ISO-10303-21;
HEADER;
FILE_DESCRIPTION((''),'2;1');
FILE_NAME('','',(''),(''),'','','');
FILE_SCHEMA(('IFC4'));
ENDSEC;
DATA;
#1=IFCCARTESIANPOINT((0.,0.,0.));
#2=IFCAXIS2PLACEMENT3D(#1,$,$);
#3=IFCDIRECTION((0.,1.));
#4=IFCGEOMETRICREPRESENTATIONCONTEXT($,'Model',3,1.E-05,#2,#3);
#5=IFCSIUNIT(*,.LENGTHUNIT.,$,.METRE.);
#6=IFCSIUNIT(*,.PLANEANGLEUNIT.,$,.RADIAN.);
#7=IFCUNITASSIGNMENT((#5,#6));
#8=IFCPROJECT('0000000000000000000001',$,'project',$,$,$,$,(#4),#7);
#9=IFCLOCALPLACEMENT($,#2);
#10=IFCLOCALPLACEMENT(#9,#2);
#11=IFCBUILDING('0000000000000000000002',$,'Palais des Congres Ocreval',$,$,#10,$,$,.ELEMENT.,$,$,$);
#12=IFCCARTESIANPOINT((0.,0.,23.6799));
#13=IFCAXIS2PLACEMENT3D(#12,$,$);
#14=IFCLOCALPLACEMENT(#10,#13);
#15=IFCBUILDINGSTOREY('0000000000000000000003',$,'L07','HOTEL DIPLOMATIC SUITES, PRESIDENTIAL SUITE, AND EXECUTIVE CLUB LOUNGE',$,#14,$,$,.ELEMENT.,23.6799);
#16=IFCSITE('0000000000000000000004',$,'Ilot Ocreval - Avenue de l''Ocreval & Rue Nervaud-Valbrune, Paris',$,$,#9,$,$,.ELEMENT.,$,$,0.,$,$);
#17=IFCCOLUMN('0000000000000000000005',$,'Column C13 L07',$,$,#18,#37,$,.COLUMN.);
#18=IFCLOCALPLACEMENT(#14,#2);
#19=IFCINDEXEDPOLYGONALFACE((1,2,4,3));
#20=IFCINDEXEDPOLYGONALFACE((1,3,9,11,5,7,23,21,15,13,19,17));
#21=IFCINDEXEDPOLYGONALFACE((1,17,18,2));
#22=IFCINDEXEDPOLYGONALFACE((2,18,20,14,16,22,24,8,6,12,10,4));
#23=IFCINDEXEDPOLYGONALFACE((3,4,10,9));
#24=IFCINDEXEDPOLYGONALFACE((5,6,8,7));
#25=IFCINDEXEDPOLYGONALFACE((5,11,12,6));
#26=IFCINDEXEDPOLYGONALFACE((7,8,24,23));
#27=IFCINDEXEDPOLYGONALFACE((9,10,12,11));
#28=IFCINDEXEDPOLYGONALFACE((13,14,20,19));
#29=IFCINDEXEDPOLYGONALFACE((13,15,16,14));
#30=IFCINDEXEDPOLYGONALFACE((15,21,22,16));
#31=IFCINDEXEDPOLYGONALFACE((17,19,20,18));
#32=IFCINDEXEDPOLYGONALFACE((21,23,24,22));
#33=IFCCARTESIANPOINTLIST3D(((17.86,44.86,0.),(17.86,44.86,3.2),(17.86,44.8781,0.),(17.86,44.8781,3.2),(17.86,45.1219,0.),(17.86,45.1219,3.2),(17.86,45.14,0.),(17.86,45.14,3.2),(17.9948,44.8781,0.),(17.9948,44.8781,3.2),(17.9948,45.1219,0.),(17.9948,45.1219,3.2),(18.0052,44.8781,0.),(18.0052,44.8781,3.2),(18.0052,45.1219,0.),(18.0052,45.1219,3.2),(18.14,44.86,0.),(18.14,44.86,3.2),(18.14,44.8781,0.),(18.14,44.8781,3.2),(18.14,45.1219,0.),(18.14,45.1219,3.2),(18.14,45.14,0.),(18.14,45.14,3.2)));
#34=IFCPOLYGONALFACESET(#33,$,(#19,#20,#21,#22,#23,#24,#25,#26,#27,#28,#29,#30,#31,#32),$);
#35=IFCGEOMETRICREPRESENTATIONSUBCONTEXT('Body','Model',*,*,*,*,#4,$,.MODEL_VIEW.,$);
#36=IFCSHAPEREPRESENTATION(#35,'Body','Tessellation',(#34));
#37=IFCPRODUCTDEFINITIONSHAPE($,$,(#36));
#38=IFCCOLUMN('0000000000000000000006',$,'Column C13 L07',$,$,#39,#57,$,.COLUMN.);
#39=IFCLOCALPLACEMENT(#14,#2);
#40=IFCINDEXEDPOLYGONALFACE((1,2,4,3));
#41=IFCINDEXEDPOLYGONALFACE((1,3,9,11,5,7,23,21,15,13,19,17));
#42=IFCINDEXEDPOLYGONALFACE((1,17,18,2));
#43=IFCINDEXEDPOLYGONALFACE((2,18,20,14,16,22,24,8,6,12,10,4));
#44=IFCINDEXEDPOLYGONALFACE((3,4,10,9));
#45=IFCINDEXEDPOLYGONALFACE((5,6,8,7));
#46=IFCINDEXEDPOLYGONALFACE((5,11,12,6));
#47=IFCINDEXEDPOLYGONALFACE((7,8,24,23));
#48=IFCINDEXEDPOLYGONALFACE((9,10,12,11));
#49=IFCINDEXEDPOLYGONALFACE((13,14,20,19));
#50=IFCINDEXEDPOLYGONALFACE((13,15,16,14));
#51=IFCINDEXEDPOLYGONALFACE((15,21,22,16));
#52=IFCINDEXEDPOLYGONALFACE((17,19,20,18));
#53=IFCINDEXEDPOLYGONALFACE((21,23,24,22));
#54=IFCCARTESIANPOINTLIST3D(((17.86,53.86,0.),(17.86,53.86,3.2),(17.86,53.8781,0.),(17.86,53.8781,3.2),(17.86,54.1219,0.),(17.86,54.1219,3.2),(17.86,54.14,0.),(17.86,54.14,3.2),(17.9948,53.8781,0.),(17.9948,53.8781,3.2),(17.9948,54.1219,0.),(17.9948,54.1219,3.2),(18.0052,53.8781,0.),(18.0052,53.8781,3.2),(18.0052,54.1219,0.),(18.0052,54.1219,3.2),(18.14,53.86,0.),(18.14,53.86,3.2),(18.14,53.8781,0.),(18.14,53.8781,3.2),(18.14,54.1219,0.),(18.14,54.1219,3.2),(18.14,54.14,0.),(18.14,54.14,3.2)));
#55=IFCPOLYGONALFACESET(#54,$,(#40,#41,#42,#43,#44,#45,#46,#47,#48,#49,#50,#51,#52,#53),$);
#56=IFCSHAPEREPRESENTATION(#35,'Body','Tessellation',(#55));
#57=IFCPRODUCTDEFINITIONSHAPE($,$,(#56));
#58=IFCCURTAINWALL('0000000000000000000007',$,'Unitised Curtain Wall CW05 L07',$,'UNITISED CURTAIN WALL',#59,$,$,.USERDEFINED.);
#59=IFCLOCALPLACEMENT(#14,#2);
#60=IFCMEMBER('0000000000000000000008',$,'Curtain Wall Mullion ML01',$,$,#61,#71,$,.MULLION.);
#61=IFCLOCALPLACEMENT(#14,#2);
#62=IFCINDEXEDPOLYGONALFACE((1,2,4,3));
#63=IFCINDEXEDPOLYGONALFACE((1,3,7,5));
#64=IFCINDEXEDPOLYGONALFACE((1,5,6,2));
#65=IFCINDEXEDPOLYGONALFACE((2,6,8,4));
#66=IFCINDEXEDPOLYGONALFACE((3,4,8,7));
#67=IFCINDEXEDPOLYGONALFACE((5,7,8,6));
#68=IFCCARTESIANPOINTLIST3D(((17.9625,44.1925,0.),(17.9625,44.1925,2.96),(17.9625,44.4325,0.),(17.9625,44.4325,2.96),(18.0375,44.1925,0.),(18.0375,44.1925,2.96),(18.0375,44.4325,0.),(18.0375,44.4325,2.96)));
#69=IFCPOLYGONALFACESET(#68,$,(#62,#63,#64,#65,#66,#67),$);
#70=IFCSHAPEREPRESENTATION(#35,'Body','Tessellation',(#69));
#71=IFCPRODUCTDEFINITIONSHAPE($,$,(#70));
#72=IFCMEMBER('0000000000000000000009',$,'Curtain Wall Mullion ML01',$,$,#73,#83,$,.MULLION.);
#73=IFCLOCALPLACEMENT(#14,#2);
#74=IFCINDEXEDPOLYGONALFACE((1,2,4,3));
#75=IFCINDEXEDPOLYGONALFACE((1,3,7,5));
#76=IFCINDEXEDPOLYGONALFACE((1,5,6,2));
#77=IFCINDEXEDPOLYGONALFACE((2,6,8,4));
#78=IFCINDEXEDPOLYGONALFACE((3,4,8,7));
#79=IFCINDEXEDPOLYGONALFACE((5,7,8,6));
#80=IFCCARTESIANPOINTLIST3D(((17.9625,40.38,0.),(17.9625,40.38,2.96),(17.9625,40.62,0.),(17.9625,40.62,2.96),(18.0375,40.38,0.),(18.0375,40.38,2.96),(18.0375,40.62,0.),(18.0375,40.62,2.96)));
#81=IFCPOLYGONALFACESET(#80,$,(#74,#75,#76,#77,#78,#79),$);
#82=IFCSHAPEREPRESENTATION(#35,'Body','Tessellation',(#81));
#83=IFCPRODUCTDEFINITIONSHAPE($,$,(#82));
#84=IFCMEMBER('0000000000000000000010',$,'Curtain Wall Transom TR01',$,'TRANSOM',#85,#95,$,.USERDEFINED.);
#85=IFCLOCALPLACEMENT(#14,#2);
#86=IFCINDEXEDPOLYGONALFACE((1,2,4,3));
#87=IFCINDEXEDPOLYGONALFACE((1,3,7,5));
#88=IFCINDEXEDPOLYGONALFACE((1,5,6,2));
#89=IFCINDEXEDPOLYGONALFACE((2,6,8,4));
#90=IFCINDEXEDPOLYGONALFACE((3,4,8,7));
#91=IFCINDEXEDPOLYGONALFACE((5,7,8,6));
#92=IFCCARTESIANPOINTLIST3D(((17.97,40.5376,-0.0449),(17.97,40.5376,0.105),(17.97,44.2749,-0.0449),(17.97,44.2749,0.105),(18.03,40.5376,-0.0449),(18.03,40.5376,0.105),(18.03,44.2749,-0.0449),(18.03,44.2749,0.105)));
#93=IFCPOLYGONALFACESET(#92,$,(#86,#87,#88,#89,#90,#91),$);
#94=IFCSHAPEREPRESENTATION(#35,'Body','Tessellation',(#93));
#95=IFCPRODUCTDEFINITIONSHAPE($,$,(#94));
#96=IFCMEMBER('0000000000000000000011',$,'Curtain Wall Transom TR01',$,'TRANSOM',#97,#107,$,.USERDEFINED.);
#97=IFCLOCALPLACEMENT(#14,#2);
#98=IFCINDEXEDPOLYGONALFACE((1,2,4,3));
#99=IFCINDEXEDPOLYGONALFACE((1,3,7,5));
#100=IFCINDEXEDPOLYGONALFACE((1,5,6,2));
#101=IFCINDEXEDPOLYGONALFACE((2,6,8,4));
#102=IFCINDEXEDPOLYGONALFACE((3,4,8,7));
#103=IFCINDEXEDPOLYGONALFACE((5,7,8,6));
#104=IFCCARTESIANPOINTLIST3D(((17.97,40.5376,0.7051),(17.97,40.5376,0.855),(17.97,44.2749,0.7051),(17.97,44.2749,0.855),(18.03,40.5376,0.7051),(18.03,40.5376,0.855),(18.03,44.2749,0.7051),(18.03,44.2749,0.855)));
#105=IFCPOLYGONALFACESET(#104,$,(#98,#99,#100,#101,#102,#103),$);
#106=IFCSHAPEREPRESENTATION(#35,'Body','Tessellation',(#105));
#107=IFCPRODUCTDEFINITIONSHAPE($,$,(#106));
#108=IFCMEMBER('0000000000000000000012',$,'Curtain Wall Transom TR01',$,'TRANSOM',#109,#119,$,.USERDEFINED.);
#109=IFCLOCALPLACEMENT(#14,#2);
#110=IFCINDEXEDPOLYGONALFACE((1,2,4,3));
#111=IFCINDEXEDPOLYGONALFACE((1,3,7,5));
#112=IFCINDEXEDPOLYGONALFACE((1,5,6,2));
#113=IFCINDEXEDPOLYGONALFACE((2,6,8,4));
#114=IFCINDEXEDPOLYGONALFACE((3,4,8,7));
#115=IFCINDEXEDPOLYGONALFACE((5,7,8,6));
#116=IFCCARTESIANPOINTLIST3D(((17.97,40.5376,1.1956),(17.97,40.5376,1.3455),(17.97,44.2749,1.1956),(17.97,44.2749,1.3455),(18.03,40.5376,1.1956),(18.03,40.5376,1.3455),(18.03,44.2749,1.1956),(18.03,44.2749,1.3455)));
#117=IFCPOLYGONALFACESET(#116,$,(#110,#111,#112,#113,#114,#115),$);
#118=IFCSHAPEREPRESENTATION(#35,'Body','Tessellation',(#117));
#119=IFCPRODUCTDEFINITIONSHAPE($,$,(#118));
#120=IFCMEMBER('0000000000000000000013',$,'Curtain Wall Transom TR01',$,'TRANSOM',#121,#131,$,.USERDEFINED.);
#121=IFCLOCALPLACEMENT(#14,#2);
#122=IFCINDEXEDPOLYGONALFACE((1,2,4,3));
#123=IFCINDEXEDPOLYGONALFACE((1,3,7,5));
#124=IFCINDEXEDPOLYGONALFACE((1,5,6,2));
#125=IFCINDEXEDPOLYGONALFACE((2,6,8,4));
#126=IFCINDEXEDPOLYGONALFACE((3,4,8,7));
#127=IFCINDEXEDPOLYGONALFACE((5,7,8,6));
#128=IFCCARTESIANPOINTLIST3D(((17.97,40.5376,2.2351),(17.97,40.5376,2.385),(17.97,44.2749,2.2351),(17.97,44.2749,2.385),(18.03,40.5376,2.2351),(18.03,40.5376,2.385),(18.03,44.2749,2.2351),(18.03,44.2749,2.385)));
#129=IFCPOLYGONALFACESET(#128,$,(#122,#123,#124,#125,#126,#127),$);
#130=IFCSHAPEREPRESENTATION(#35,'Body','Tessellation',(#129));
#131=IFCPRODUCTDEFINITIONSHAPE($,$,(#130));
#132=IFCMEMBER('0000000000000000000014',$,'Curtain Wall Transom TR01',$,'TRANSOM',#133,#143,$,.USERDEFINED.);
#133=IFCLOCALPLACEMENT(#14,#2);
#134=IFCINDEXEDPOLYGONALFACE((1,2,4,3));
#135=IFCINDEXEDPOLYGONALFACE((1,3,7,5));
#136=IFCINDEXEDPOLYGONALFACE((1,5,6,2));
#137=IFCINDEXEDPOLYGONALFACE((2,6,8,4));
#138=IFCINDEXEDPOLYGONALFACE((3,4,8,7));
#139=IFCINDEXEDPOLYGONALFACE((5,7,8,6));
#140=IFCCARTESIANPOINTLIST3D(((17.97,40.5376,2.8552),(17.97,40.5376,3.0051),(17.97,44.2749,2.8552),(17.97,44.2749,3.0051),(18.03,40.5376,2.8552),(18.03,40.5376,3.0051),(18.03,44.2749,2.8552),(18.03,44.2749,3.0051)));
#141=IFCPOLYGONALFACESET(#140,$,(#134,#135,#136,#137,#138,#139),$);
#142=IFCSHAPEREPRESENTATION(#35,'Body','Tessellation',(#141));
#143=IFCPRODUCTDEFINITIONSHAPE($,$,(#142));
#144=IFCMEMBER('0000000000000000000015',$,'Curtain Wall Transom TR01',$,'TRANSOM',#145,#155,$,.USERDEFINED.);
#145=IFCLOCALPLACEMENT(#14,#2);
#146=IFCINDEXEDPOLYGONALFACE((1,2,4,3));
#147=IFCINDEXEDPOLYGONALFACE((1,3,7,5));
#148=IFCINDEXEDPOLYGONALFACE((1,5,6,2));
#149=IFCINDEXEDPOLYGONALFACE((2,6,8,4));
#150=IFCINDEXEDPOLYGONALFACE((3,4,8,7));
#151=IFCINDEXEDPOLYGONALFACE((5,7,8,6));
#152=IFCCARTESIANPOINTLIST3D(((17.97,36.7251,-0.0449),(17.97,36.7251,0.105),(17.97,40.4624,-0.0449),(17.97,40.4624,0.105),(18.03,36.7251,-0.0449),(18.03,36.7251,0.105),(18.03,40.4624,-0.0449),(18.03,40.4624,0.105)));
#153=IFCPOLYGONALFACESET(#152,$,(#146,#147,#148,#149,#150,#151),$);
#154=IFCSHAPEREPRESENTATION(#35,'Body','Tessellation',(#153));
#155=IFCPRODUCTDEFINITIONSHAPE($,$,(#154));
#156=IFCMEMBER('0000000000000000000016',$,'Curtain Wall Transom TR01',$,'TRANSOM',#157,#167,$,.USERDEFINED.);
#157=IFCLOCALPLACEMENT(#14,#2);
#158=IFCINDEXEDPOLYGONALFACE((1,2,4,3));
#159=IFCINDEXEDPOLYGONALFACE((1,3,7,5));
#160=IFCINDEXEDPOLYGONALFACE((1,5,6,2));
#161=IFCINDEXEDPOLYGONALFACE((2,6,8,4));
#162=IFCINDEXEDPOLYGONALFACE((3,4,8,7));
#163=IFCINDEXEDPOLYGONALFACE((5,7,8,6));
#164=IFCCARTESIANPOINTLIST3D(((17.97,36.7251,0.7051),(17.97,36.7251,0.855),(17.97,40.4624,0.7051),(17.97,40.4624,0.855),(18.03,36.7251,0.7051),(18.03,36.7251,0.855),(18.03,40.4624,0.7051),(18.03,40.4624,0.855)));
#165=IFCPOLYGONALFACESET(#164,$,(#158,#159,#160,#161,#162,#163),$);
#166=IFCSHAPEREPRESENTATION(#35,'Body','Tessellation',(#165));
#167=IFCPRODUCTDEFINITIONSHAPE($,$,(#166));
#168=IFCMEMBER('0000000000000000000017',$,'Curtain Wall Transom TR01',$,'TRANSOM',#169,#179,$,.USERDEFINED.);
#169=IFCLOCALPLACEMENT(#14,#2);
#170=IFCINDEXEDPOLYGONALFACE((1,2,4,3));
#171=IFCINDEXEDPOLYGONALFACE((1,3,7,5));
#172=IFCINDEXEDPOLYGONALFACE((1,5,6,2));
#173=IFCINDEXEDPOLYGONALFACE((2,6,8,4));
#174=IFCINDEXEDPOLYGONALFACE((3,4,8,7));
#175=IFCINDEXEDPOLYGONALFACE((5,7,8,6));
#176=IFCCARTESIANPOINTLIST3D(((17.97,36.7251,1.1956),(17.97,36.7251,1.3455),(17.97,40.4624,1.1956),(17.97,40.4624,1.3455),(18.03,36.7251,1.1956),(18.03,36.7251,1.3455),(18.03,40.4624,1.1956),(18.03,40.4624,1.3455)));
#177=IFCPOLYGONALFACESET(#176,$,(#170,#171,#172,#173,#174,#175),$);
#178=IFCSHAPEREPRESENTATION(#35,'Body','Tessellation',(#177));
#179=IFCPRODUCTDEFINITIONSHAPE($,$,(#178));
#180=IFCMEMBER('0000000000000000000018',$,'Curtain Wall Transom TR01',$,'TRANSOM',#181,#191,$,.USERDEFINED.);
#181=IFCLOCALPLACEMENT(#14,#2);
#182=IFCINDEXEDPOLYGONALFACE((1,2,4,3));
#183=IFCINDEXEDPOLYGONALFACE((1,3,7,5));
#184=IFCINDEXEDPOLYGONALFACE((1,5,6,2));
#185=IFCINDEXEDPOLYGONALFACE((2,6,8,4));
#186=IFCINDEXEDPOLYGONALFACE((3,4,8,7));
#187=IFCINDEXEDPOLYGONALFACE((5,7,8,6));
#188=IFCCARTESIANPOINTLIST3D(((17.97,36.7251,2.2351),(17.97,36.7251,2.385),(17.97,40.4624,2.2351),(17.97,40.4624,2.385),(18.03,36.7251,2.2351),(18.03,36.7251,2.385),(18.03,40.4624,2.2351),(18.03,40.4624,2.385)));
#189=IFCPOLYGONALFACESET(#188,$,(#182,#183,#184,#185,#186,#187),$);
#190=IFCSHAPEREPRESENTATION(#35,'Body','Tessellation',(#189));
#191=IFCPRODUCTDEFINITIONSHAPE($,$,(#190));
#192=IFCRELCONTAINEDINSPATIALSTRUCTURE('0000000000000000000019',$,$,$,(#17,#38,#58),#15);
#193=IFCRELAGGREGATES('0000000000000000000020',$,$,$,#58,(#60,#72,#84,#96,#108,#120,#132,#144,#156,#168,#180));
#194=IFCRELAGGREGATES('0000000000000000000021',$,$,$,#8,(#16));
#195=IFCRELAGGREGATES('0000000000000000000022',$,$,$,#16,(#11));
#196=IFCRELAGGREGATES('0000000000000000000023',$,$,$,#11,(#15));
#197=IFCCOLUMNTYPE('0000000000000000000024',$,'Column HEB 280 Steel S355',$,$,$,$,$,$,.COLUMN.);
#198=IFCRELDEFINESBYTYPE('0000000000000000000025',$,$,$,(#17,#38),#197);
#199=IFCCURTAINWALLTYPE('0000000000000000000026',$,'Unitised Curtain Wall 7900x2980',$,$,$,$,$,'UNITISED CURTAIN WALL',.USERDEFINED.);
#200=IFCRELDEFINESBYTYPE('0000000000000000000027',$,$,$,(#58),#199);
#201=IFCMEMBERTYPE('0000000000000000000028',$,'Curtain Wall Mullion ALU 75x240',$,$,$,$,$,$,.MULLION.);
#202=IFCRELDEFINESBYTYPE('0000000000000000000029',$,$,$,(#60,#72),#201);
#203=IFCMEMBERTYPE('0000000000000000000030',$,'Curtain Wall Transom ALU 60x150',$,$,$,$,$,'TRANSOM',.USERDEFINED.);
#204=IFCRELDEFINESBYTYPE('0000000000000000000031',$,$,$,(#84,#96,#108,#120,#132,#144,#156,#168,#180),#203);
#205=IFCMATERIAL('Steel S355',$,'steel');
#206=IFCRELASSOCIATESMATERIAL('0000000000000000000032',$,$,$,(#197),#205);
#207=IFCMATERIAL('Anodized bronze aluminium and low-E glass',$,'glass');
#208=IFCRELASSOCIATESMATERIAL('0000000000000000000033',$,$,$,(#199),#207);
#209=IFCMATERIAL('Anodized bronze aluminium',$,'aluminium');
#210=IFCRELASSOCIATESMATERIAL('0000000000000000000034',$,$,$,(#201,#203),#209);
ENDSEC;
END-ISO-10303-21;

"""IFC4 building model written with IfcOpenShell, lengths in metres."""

from ifc_helpers import new_model, si_unit, direction, frame, origin, origin_2d, place, context, subcontext, project, spatial, rectangle, i_section, extrude, material, material_profile, profile_set, type_object, element, aggregate, save


model = new_model("IFC4")

# Units and contexts
model_context = context("Model", 3, precision=1e-05, world=origin(), true_north=direction((0.0, 1.0)))
body_context = subcontext(model_context, "Body", "Model", "MODEL_VIEW")
ifc_project = project(units=[si_unit("LENGTHUNIT", "METRE"), si_unit("PLANEANGLEUNIT", "RADIAN")], contexts=[model_context])

# Site, building, storey
site_placement = place(None, origin())
site = spatial("IfcSite", under=ifc_project, at=site_placement, Name="Ilot Ocreval - Avenue de l'Ocreval & Rue Nervaud-Valbrune, Paris", CompositionType="ELEMENT", RefElevation=0.0)
building_placement = place(site_placement, origin())
building = spatial("IfcBuilding", under=site, at=building_placement, Name="Palais des Congres Ocreval", CompositionType="ELEMENT")
storey_placement = place(building_placement, frame((0.0, 0.0, 23.6799)))
storey = spatial("IfcBuildingStorey", under=building, at=storey_placement, Name="L07", Description="HOTEL DIPLOMATIC SUITES, PRESIDENTIAL SUITE, AND EXECUTIVE CLUB LOUNGE", CompositionType="ELEMENT", Elevation=23.6799)

# Columns
ifc_material_1 = material(Name="Steel S355", Category="steel")
ifc_material_profile_1 = material_profile(ifc_material_1, i_section(OverallWidth=0.28, OverallDepth=0.28, WebThickness=0.0105, FlangeThickness=0.0181, at=origin_2d()), Name="HEB 280")
ifc_profile_set_1 = profile_set([ifc_material_profile_1], Name="Steel S355")
column_type = type_object("IfcColumnType", Name="Column HEB 280 Steel S355", PredefinedType="COLUMN", material=ifc_profile_set_1)
for number, where, z_axis, x_axis, name in (
    (1, (18.0, 45.0, 0.0), (0.0, 0.0, 1.0), (1.0, 0.0, 0.0), "Column C13 L07"),
    (2, (18.0, 54.0, 0.0), (0.0, 0.0, 1.0), (1.0, 0.0, 0.0), "Column C13 L07"),
):
    element("IfcColumn", number, at=place(storey_placement, frame(where, z_axis=z_axis, x_axis=x_axis)), inside=storey, type_object=column_type, Name=name, PredefinedType="COLUMN", context=body_context, shape_type="SweptSolid", body=[
        extrude(i_section(OverallWidth=0.28, OverallDepth=0.28, WebThickness=0.0105, FlangeThickness=0.0181, at=origin_2d()), origin(), (0.0, 0.0, 1.0), 3.2),
    ])

# Curtain wall, members
ifc_material_2 = material(Name="Anodized bronze aluminium and low-E glass", Category="glass")
curtain_wall_type = type_object("IfcCurtainWallType", Name="Unitised Curtain Wall 7900x2980", ElementType="UNITISED CURTAIN WALL", PredefinedType="USERDEFINED", material=ifc_material_2)
curtain_wall_placement = place(storey_placement, origin())
curtain_wall = element("IfcCurtainWall", 3, at=curtain_wall_placement, inside=storey, type_object=curtain_wall_type, Name="Unitised Curtain Wall CW05 L07", ObjectType="UNITISED CURTAIN WALL", PredefinedType="USERDEFINED")
ifc_material_3 = material(Name="Anodized bronze aluminium", Category="aluminium")
ifc_material_profile_2 = material_profile(ifc_material_3, rectangle(XDim=0.075, YDim=0.24, at=origin_2d()), Name="ALU 75x240")
ifc_profile_set_2 = profile_set([ifc_material_profile_2], Name="Anodized bronze aluminium")
member_type_1 = type_object("IfcMemberType", Name="Curtain Wall Mullion ALU 75x240", PredefinedType="MULLION", material=ifc_profile_set_2)
member_1_placement = place(storey_placement, frame((18.0, 44.3125, 0.0), z_axis=(0.0, 0.0, 1.0), x_axis=(1.0, 0.0, 0.0)))
member_1 = element("IfcMember", 4, at=member_1_placement, type_object=member_type_1, Name="Curtain Wall Mullion ML01", PredefinedType="MULLION", context=body_context, shape_type="SweptSolid", body=[
    extrude(rectangle(XDim=0.075, YDim=0.24, at=origin_2d()), origin(), (0.0, 0.0, 1.0), 2.96),
])
member_2_placement = place(storey_placement, frame((18.0, 40.5, 0.0), z_axis=(0.0, 0.0, 1.0), x_axis=(1.0, 0.0, 0.0)))
member_2 = element("IfcMember", 5, at=member_2_placement, type_object=member_type_1, Name="Curtain Wall Mullion ML01", PredefinedType="MULLION", context=body_context, shape_type="SweptSolid", body=[
    extrude(rectangle(XDim=0.075, YDim=0.24, at=origin_2d()), origin(), (0.0, 0.0, 1.0), 2.96),
])
ifc_material_profile_3 = material_profile(ifc_material_3, rectangle(XDim=0.0601, YDim=0.1499, at=origin_2d()), Name="ALU 60x150")
ifc_profile_set_3 = profile_set([ifc_material_profile_3], Name="Anodized bronze aluminium")
member_type_2 = type_object("IfcMemberType", Name="Curtain Wall Transom ALU 60x150", ElementType="TRANSOM", PredefinedType="USERDEFINED", material=ifc_profile_set_3)
member_3_placement = place(storey_placement, frame((18.0, 44.2749, 0.03), z_axis=(0.0, -1.0, 0.0), x_axis=(1.0, 0.0, 0.0)))
member_3 = element("IfcMember", 6, at=member_3_placement, type_object=member_type_2, Name="Curtain Wall Transom TR01", ObjectType="TRANSOM", PredefinedType="USERDEFINED", context=body_context, shape_type="SweptSolid", body=[
    extrude(rectangle(XDim=0.0601, YDim=0.1499, at=origin_2d()), origin(), (0.0, 0.0, 1.0), 3.7373),
])
member_4_placement = place(storey_placement, frame((18.0, 44.2749, 0.78), z_axis=(0.0, -1.0, 0.0), x_axis=(1.0, 0.0, 0.0)))
member_4 = element("IfcMember", 7, at=member_4_placement, type_object=member_type_2, Name="Curtain Wall Transom TR01", ObjectType="TRANSOM", PredefinedType="USERDEFINED", context=body_context, shape_type="SweptSolid", body=[
    extrude(rectangle(XDim=0.0601, YDim=0.1499, at=origin_2d()), origin(), (0.0, 0.0, 1.0), 3.7373),
])
member_5_placement = place(storey_placement, frame((18.0, 44.2749, 1.2705), z_axis=(0.0, -1.0, 0.0), x_axis=(1.0, 0.0, 0.0)))
member_5 = element("IfcMember", 8, at=member_5_placement, type_object=member_type_2, Name="Curtain Wall Transom TR01", ObjectType="TRANSOM", PredefinedType="USERDEFINED", context=body_context, shape_type="SweptSolid", body=[
    extrude(rectangle(XDim=0.0601, YDim=0.1499, at=origin_2d()), origin(), (0.0, 0.0, 1.0), 3.7373),
])
member_6_placement = place(storey_placement, frame((18.0, 44.2749, 2.3101), z_axis=(0.0, -1.0, 0.0), x_axis=(1.0, 0.0, 0.0)))
member_6 = element("IfcMember", 9, at=member_6_placement, type_object=member_type_2, Name="Curtain Wall Transom TR01", ObjectType="TRANSOM", PredefinedType="USERDEFINED", context=body_context, shape_type="SweptSolid", body=[
    extrude(rectangle(XDim=0.0601, YDim=0.1499, at=origin_2d()), origin(), (0.0, 0.0, 1.0), 3.7373),
])
member_7_placement = place(storey_placement, frame((18.0, 44.2749, 2.9302), z_axis=(0.0, -1.0, 0.0), x_axis=(1.0, 0.0, 0.0)))
member_7 = element("IfcMember", 10, at=member_7_placement, type_object=member_type_2, Name="Curtain Wall Transom TR01", ObjectType="TRANSOM", PredefinedType="USERDEFINED", context=body_context, shape_type="SweptSolid", body=[
    extrude(rectangle(XDim=0.0601, YDim=0.1499, at=origin_2d()), origin(), (0.0, 0.0, 1.0), 3.7373),
])
member_8_placement = place(storey_placement, frame((18.0, 40.4624, 0.03), z_axis=(0.0, -1.0, 0.0), x_axis=(1.0, 0.0, 0.0)))
member_8 = element("IfcMember", 11, at=member_8_placement, type_object=member_type_2, Name="Curtain Wall Transom TR01", ObjectType="TRANSOM", PredefinedType="USERDEFINED", context=body_context, shape_type="SweptSolid", body=[
    extrude(rectangle(XDim=0.0601, YDim=0.1499, at=origin_2d()), origin(), (0.0, 0.0, 1.0), 3.7373),
])
member_9_placement = place(storey_placement, frame((18.0, 40.4624, 0.78), z_axis=(0.0, -1.0, 0.0), x_axis=(1.0, 0.0, 0.0)))
member_9 = element("IfcMember", 12, at=member_9_placement, type_object=member_type_2, Name="Curtain Wall Transom TR01", ObjectType="TRANSOM", PredefinedType="USERDEFINED", context=body_context, shape_type="SweptSolid", body=[
    extrude(rectangle(XDim=0.0601, YDim=0.1499, at=origin_2d()), origin(), (0.0, 0.0, 1.0), 3.7373),
])
member_10_placement = place(storey_placement, frame((18.0, 40.4624, 1.2705), z_axis=(0.0, -1.0, 0.0), x_axis=(1.0, 0.0, 0.0)))
member_10 = element("IfcMember", 13, at=member_10_placement, type_object=member_type_2, Name="Curtain Wall Transom TR01", ObjectType="TRANSOM", PredefinedType="USERDEFINED", context=body_context, shape_type="SweptSolid", body=[
    extrude(rectangle(XDim=0.0601, YDim=0.1499, at=origin_2d()), origin(), (0.0, 0.0, 1.0), 3.7373),
])
member_11_placement = place(storey_placement, frame((18.0, 40.4624, 2.3101), z_axis=(0.0, -1.0, 0.0), x_axis=(1.0, 0.0, 0.0)))
member_11 = element("IfcMember", 14, at=member_11_placement, type_object=member_type_2, Name="Curtain Wall Transom TR01", ObjectType="TRANSOM", PredefinedType="USERDEFINED", context=body_context, shape_type="SweptSolid", body=[
    extrude(rectangle(XDim=0.0601, YDim=0.1499, at=origin_2d()), origin(), (0.0, 0.0, 1.0), 3.7373),
])

aggregate(curtain_wall, [member_1, member_2, member_3, member_4, member_5, member_6, member_7, member_8, member_9, member_10, member_11])

save(model, "model.ifc")
